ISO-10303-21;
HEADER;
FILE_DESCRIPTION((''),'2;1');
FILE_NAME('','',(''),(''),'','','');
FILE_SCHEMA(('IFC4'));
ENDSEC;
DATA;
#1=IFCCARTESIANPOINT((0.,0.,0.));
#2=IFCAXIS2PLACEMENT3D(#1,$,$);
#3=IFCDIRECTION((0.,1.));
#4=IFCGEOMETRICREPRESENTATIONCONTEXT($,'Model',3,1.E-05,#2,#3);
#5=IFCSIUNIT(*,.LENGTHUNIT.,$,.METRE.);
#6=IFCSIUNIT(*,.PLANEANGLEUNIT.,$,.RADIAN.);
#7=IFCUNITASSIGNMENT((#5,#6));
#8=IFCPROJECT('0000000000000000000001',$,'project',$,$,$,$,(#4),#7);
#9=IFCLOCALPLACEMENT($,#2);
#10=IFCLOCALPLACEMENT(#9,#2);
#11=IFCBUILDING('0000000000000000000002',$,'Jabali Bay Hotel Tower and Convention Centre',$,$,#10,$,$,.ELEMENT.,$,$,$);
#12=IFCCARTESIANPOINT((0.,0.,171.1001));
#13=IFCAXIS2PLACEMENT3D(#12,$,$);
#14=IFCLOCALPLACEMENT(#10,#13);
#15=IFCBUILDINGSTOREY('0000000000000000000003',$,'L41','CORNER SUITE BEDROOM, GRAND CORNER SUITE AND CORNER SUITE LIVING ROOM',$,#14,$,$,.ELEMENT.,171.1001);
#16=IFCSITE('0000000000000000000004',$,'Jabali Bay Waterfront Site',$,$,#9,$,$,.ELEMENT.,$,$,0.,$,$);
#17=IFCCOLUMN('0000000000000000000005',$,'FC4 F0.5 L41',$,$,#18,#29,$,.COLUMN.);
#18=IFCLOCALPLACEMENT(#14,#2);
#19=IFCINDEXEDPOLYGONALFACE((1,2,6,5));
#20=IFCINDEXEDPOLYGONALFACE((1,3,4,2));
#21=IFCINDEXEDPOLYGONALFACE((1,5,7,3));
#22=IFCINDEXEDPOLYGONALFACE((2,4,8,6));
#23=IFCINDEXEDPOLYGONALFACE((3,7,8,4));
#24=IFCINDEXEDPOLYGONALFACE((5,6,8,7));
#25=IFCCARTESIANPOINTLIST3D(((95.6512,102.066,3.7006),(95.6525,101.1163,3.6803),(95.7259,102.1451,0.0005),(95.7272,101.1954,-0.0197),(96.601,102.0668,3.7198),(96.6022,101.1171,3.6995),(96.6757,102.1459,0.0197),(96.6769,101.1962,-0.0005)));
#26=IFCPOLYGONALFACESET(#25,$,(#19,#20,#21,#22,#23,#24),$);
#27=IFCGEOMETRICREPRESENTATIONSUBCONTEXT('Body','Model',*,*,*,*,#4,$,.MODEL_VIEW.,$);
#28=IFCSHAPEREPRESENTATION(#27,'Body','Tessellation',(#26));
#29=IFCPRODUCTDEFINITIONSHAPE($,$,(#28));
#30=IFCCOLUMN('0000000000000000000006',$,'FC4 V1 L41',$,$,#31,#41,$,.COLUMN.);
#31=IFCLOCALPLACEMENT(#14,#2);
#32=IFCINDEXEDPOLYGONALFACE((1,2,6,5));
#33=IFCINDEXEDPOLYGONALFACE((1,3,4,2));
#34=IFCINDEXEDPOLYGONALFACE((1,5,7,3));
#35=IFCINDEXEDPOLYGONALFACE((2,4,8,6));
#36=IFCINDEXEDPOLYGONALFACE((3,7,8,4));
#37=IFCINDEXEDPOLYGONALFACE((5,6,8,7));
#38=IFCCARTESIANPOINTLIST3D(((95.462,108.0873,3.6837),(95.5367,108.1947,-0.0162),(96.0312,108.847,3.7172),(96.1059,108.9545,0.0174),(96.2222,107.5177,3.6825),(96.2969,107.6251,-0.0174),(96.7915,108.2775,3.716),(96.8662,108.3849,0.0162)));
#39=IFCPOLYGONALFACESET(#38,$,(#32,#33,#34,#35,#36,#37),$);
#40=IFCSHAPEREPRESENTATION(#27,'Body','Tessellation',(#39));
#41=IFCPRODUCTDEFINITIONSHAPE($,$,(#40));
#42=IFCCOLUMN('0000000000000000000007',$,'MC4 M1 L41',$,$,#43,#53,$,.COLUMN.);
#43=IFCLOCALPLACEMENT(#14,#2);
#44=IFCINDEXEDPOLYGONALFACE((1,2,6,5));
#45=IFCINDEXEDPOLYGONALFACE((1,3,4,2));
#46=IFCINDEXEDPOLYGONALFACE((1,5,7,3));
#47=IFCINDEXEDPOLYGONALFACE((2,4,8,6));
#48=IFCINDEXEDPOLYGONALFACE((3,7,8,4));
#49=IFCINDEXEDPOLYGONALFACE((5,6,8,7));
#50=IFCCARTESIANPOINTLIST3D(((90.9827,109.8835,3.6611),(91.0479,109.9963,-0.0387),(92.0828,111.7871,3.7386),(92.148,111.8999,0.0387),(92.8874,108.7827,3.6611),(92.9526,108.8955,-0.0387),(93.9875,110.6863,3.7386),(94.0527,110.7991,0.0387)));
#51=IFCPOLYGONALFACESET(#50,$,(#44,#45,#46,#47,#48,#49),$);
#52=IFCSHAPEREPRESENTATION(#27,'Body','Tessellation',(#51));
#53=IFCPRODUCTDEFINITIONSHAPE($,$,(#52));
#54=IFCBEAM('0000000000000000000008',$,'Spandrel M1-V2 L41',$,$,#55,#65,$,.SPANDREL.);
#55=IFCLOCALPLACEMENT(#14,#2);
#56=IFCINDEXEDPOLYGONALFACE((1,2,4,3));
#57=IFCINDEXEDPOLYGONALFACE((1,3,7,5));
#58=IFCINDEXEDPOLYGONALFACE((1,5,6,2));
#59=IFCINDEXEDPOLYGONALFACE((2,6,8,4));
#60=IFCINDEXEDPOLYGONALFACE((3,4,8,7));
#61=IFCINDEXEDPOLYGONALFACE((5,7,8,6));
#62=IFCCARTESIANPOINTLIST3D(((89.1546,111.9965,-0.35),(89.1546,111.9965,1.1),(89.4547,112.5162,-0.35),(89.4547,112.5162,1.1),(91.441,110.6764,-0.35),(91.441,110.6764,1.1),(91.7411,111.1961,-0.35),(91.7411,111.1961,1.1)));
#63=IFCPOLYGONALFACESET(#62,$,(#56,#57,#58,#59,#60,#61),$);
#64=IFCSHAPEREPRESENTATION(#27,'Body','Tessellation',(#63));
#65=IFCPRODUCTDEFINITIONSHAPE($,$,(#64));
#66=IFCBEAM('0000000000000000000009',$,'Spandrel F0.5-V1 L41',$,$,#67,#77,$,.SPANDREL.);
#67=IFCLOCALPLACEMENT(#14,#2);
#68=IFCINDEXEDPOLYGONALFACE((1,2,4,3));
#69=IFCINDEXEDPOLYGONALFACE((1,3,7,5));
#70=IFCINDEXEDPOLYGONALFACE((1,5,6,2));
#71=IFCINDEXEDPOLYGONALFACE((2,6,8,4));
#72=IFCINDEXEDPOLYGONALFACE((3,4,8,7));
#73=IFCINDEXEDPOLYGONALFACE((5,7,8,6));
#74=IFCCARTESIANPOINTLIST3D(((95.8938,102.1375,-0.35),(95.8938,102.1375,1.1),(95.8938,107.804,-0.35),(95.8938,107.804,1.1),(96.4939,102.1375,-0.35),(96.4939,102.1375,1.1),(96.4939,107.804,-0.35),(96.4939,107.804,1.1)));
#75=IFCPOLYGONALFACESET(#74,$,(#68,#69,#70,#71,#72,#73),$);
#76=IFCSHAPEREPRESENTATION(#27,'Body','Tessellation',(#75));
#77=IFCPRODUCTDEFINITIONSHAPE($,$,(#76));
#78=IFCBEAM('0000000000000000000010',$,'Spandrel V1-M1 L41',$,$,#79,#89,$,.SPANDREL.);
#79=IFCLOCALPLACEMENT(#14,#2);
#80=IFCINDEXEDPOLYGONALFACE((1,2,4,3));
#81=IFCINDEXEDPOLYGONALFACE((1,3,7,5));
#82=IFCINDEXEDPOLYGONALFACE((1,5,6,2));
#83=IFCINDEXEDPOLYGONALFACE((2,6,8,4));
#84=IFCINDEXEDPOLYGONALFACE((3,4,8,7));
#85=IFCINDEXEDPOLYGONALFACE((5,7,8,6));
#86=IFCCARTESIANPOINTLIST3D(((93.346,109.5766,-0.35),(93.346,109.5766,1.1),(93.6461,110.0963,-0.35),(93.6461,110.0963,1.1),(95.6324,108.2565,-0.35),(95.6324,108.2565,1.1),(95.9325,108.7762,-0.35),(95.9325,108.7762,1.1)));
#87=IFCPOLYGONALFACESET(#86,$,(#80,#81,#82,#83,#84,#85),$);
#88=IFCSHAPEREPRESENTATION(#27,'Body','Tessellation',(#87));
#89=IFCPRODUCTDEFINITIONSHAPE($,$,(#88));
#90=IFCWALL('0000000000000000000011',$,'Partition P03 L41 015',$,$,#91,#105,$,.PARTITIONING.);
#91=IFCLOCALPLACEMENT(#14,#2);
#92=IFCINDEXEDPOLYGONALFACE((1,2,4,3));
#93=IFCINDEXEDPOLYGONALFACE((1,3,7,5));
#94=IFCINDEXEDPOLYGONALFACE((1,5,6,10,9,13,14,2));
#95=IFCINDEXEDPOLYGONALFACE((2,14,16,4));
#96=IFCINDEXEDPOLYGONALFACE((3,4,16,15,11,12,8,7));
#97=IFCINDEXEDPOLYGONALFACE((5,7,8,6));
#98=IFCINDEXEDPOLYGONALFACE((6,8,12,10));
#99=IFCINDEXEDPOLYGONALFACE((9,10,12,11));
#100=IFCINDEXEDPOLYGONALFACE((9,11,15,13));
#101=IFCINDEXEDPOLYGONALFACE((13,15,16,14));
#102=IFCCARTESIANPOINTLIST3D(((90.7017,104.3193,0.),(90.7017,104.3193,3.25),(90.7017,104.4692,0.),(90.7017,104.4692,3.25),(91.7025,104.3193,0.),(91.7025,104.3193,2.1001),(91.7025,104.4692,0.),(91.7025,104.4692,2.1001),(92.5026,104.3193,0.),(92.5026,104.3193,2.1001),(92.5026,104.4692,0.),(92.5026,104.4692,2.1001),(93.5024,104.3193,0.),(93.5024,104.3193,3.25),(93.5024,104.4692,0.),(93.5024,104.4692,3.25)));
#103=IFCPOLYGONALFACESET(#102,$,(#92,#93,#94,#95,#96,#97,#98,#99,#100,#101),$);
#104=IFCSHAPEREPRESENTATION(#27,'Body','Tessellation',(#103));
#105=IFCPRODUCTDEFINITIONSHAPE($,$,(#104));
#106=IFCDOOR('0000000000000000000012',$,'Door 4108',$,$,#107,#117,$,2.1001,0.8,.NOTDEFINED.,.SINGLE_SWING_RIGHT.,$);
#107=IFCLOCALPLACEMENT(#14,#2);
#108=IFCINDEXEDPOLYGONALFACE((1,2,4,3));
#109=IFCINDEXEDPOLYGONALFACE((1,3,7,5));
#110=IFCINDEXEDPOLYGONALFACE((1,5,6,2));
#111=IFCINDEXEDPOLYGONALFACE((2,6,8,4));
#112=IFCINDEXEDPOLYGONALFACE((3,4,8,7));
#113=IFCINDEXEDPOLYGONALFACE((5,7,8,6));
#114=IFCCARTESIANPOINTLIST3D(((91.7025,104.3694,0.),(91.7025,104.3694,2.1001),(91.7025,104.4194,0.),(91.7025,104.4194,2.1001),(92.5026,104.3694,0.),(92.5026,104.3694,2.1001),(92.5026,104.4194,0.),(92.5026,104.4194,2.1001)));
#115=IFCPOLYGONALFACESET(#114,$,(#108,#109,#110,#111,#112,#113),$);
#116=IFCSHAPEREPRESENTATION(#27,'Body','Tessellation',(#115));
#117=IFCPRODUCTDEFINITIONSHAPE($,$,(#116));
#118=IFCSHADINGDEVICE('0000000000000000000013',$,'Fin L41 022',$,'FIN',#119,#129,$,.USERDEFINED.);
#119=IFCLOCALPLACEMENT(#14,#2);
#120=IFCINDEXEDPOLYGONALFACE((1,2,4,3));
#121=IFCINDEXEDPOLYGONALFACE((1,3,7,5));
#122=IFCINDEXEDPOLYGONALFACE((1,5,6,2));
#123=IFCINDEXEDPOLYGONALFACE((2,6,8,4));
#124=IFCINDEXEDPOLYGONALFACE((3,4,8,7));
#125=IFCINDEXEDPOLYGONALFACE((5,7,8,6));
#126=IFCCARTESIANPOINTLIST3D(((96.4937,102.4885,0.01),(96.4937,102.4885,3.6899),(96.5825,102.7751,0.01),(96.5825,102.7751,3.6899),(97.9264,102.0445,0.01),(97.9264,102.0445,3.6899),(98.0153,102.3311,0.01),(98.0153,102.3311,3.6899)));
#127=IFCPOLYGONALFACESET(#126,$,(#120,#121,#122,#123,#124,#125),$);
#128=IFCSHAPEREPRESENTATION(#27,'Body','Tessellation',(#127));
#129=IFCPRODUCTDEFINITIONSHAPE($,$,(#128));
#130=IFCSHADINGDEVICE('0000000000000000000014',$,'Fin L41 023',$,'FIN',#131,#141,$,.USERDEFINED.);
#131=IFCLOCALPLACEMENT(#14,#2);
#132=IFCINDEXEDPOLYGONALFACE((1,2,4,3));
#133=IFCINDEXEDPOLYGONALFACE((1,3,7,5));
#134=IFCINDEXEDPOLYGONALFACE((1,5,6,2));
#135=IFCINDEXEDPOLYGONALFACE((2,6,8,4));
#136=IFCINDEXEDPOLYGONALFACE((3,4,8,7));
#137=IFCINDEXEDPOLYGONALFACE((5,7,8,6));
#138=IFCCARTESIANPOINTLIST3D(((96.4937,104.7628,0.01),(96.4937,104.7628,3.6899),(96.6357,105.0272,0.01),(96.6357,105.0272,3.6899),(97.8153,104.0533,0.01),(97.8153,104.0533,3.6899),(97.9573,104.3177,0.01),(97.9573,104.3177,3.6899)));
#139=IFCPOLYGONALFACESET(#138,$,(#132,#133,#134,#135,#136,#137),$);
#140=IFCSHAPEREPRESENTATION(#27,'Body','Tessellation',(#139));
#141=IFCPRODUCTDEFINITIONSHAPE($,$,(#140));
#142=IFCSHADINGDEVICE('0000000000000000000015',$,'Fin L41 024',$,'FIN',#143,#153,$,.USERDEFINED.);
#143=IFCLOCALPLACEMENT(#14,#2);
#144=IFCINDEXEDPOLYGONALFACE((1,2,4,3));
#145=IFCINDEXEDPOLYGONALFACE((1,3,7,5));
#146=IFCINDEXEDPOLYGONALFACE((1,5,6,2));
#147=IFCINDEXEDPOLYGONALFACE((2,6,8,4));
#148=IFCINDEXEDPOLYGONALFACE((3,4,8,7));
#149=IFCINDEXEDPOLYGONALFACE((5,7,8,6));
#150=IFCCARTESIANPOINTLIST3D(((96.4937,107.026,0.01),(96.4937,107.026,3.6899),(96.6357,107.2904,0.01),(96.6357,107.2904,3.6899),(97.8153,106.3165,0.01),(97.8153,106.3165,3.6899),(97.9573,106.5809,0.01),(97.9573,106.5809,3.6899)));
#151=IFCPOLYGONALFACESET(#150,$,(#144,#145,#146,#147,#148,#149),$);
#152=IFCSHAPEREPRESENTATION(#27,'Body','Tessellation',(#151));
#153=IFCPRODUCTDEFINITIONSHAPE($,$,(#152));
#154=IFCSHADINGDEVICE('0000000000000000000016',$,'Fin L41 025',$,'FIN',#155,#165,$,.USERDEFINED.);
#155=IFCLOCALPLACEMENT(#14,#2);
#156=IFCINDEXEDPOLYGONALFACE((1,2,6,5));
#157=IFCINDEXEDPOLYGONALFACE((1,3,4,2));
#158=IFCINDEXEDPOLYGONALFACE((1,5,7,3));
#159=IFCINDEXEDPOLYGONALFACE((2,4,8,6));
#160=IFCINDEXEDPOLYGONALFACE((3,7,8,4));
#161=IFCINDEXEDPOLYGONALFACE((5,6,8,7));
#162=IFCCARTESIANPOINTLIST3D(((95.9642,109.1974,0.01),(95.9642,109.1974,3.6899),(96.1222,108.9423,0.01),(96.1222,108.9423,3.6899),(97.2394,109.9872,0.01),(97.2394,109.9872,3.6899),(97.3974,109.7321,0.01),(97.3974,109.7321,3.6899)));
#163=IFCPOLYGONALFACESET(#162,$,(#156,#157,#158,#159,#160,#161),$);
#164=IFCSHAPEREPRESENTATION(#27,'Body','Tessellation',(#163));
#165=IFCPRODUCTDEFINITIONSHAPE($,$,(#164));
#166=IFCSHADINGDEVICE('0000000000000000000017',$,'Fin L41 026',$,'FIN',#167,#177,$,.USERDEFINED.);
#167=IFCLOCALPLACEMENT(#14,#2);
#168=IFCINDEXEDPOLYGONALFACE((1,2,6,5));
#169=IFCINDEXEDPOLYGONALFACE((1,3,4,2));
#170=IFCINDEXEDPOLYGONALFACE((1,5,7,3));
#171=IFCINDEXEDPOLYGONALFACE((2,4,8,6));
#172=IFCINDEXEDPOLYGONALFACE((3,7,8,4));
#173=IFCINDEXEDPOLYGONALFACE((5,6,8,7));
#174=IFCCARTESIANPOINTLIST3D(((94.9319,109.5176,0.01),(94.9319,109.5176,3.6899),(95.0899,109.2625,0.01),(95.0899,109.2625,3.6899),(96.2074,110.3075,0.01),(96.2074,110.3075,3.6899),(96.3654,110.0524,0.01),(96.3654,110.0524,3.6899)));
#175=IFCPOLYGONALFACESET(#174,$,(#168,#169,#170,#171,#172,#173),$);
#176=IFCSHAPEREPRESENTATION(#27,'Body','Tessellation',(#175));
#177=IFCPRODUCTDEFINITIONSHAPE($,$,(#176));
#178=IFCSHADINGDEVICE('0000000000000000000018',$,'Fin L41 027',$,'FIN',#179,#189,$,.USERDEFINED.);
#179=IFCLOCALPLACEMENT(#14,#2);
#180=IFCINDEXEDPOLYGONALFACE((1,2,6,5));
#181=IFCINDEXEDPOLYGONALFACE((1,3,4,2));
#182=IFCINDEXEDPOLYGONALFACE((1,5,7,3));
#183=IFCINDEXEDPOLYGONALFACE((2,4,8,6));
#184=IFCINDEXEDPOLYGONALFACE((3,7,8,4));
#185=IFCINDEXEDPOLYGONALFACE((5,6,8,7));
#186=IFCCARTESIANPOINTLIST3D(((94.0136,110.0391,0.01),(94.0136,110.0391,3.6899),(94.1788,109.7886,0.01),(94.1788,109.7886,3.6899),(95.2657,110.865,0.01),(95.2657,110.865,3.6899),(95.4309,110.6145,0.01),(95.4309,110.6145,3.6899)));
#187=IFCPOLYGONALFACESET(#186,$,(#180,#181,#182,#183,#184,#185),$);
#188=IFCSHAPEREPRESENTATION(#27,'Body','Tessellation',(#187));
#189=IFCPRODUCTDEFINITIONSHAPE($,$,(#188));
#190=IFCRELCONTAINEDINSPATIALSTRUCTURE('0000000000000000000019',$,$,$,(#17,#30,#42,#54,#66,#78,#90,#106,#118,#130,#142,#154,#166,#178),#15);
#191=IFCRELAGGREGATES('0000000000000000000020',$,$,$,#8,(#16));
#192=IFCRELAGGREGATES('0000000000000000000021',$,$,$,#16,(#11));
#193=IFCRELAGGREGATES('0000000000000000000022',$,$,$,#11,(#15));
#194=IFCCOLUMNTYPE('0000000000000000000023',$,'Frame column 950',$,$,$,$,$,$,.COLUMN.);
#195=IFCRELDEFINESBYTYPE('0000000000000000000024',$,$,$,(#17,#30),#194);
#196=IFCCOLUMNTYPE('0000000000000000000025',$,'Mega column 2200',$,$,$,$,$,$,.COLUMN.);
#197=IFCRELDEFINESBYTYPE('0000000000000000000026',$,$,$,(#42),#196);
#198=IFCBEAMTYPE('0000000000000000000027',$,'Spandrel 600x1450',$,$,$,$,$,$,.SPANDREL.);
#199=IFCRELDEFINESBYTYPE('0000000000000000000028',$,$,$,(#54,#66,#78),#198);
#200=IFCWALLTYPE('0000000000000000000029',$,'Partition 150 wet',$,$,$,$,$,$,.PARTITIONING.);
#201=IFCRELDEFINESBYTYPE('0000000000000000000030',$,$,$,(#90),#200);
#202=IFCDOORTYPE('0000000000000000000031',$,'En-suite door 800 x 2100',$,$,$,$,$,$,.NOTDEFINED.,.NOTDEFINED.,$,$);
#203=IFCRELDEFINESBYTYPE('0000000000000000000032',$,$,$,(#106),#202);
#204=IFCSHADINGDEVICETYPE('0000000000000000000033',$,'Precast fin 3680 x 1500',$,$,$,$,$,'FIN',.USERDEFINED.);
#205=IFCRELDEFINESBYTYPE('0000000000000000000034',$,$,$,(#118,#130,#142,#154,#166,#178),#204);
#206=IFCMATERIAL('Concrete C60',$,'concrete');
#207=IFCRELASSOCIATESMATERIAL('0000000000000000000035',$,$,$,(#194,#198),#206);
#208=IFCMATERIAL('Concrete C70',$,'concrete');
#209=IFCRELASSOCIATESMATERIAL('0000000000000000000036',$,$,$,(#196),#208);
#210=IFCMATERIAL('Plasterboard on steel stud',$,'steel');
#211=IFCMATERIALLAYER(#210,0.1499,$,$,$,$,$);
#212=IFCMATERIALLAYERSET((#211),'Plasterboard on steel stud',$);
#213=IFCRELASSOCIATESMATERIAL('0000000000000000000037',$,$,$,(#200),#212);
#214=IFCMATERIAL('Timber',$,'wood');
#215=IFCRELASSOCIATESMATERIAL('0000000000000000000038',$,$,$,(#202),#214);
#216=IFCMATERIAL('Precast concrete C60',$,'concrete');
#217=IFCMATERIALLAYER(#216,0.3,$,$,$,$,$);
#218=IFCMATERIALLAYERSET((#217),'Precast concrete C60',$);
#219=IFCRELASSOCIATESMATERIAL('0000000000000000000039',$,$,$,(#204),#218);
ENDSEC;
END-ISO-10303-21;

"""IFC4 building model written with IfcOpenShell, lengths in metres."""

from ifc_helpers import new_model, si_unit, direction, frame, frame_2d, origin, origin_2d, place, context, subcontext, project, spatial, rectangle, extrude, material, layer, layer_set, material_profile, profile_set, type_object, element, fill, save


model = new_model("IFC4")

# Units and contexts
model_context = context("Model", 3, precision=1e-05, world=origin(), true_north=direction((0.0, 1.0)))
body_context = subcontext(model_context, "Body", "Model", "MODEL_VIEW")
ifc_project = project(units=[si_unit("LENGTHUNIT", "METRE"), si_unit("PLANEANGLEUNIT", "RADIAN")], contexts=[model_context])

# Site, building, storey
site_placement = place(None, origin())
site = spatial("IfcSite", under=ifc_project, at=site_placement, Name="Jabali Bay Waterfront Site", CompositionType="ELEMENT", RefElevation=0.0)
building_placement = place(site_placement, origin())
building = spatial("IfcBuilding", under=site, at=building_placement, Name="Jabali Bay Hotel Tower and Convention Centre", CompositionType="ELEMENT")
storey_placement = place(building_placement, frame((0.0, 0.0, 171.1001)))
storey = spatial("IfcBuildingStorey", under=building, at=storey_placement, Name="L41", Description="CORNER SUITE BEDROOM, GRAND CORNER SUITE AND CORNER SUITE LIVING ROOM", CompositionType="ELEMENT", Elevation=171.1001)

# Columns
ifc_material_1 = material(Name="Concrete C60", Category="concrete")
ifc_material_profile_1 = material_profile(ifc_material_1, rectangle(XDim=0.95, YDim=0.95, at=origin_2d()), Name="Frame column 950")
ifc_profile_set_1 = profile_set([ifc_material_profile_1], Name="Concrete C60")
column_type_1 = type_object("IfcColumnType", Name="Frame column 950", PredefinedType="COLUMN", material=ifc_profile_set_1)
column_1_placement = place(storey_placement, frame((96.2014, 101.6707, 0.0), z_axis=(-0.020183, -0.02137, 0.999568), x_axis=(0.999795, 0.000884, 0.020206)))
element("IfcColumn", 1, at=column_1_placement, inside=storey, type_object=column_type_1, Name="FC4 F0.5 L41", PredefinedType="COLUMN", context=body_context, shape_type="SweptSolid", body=[
    extrude(rectangle(XDim=0.95, YDim=0.95, at=origin_2d()), origin(), (0.0, 0.0, 1.0), 3.7017),
])
column_2_placement = place(storey_placement, frame((96.2014, 108.2898, 0.0), z_axis=(-0.020179, -0.029015, 0.999375), x_axis=(0.599227, 0.7998, 0.03532)))
element("IfcColumn", 2, at=column_2_placement, inside=storey, type_object=column_type_1, Name="FC4 V1 L41", PredefinedType="COLUMN", context=body_context, shape_type="SweptSolid", body=[
    extrude(rectangle(XDim=0.95, YDim=0.95, at=origin_2d()), origin(), (0.0, 0.0, 1.0), 3.7021),
])
ifc_material_2 = material(Name="Concrete C70", Category="concrete")
ifc_material_profile_2 = material_profile(ifc_material_2, rectangle(XDim=2.2, YDim=2.2, at=origin_2d()), Name="Mega column 2200")
ifc_profile_set_2 = profile_set([ifc_material_profile_2], Name="Concrete C70")
column_type_2 = type_object("IfcColumnType", Name="Mega column 2200", PredefinedType="COLUMN", material=ifc_profile_set_2)
column_3_placement = place(storey_placement, frame((92.5503, 110.3977, 0.0), z_axis=(-0.017607, -0.030466, 0.999381), x_axis=(0.865811, -0.500371, 0.0)))
element("IfcColumn", 3, at=column_3_placement, inside=storey, type_object=column_type_2, Name="MC4 M1 L41", PredefinedType="COLUMN", context=body_context, shape_type="SweptSolid", body=[
    extrude(rectangle(XDim=2.2, YDim=2.2, at=origin_2d()), origin(), (0.0, 0.0, 1.0), 3.7021),
])

# Beams
ifc_material_profile_3 = material_profile(ifc_material_1, rectangle(XDim=0.6001, YDim=1.45, at=origin_2d()), Name="Spandrel 600x1450")
ifc_profile_set_3 = profile_set([ifc_material_profile_3], Name="Concrete C60")
beam_type = type_object("IfcBeamType", Name="Spandrel 600x1450", PredefinedType="SPANDREL", material=ifc_profile_set_3)
beam_1_placement = place(storey_placement, frame((91.5911, 110.9363, 0.375), z_axis=(-0.866021, 0.500008, 0.0), x_axis=(-0.500008, -0.866021, 0.0)))
element("IfcBeam", 4, at=beam_1_placement, inside=storey, type_object=beam_type, Name="Spandrel M1-V2 L41", PredefinedType="SPANDREL", context=body_context, shape_type="SweptSolid", body=[
    extrude(rectangle(XDim=0.6001, YDim=1.45, at=origin_2d()), origin(), (0.0, 0.0, 1.0), 2.6401),
])
beam_2_placement = place(storey_placement, frame((96.1938, 102.1375, 0.375), z_axis=(0.0, 1.0, 0.0), x_axis=(-1.0, 0.0, 0.0)))
element("IfcBeam", 5, at=beam_2_placement, inside=storey, type_object=beam_type, Name="Spandrel F0.5-V1 L41", PredefinedType="SPANDREL", context=body_context, shape_type="SweptSolid", body=[
    extrude(rectangle(XDim=0.6001, YDim=1.45, at=origin_2d()), origin(), (0.0, 0.0, 1.0), 5.6665),
])
beam_3_placement = place(storey_placement, frame((95.7825, 108.5164, 0.375), z_axis=(-0.866021, 0.500008, 0.0), x_axis=(-0.500008, -0.866021, 0.0)))
element("IfcBeam", 6, at=beam_3_placement, inside=storey, type_object=beam_type, Name="Spandrel V1-M1 L41", PredefinedType="SPANDREL", context=body_context, shape_type="SweptSolid", body=[
    extrude(rectangle(XDim=0.6001, YDim=1.45, at=origin_2d()), origin(), (0.0, 0.0, 1.0), 2.6401),
])

# Wall, opening, door
ifc_material_3 = material(Name="Plasterboard on steel stud", Category="steel")
ifc_layer_1 = layer(ifc_material_3, 0.1499)
ifc_layer_set_1 = layer_set([ifc_layer_1], Name="Plasterboard on steel stud")
wall_type_1 = type_object("IfcWallType", Name="Partition 150 wet", PredefinedType="PARTITIONING", material=ifc_layer_set_1)
wall_1_placement = place(storey_placement, frame((93.5024, 104.3943, 0.0), z_axis=(0.0, 0.0, 1.0), x_axis=(-1.0, 0.0, 0.0)))
wall_1 = element("IfcWall", 7, at=wall_1_placement, inside=storey, type_object=wall_type_1, Name="Partition P03 L41 015", PredefinedType="PARTITIONING", context=body_context, shape_type="SweptSolid", body=[
    extrude(rectangle(XDim=2.8008, YDim=0.1499, at=frame_2d((1.4004, 0.0))), origin(), (0.0, 0.0, 1.0), 3.25),
])
opening_1_placement = place(wall_1_placement, frame((1.0, 0.0, 0.0)))
opening_1 = element("IfcOpeningElement", 8, at=opening_1_placement, cuts=wall_1, PredefinedType="OPENING", context=body_context, shape_type="SweptSolid", body=[
    extrude(rectangle(XDim=0.8, YDim=2.1001, at=frame_2d((0.3999, 1.05))), frame((0.0, 0.0854, 0.0), z_axis=(0.0, -1.0, 0.0), x_axis=(1.0, 0.0, 0.0)), (0.0, 0.0, 1.0), 0.1709),
])
ifc_material_4 = material(Name="Timber", Category="wood")
door_type_1 = type_object("IfcDoorType", Name="En-suite door 800 x 2100", OperationType="NOTDEFINED", PredefinedType="NOTDEFINED", material=ifc_material_4)
door_1_placement = place(opening_1_placement, origin())
door_1 = element("IfcDoor", 9, at=door_1_placement, inside=storey, type_object=door_type_1, Name="Door 4108", OperationType="SINGLE_SWING_RIGHT", OverallHeight=2.1001, OverallWidth=0.8, PredefinedType="NOTDEFINED", context=body_context, shape_type="SweptSolid", body=[
    extrude(rectangle(XDim=0.8, YDim=2.1001, at=frame_2d((0.3999, 1.05))), frame((0.0, 0.0249, 0.0), z_axis=(0.0, -1.0, 0.0), x_axis=(1.0, 0.0, 0.0)), (0.0, 0.0, 1.0), 0.05),
])
fill(opening_1, door_1)

# Shading devices
ifc_material_5 = material(Name="Precast concrete C60", Category="concrete")
ifc_layer_2 = layer(ifc_material_5, 0.3)
ifc_layer_set_2 = layer_set([ifc_layer_2], Name="Precast concrete C60")
shading_device_type = type_object("IfcShadingDeviceType", Name="Precast fin 3680 x 1500", ElementType="FIN", PredefinedType="USERDEFINED", material=ifc_layer_set_2)
for number, where, z_axis, x_axis, name in (
    (10, (96.5381, 102.6318, 0.01), (0.0, 0.0, 1.0), (0.955175, -0.296041, 0.0), "Fin L41 022"),
    (11, (96.5647, 104.895, 0.01), (0.0, 0.0, 1.0), (0.881061, -0.473003, 0.0), "Fin L41 023"),
    (12, (96.5647, 107.1582, 0.01), (0.0, 0.0, 1.0), (0.881061, -0.473003, 0.0), "Fin L41 024"),
    (13, (96.0432, 109.0698, 0.01), (0.0, 0.0, 1.0), (0.85014, 0.526556, 0.0), "Fin L41 025"),
):
    element("IfcShadingDevice", number, at=place(storey_placement, frame(where, z_axis=z_axis, x_axis=x_axis)), inside=storey, type_object=shading_device_type, Name=name, ObjectType="FIN", PredefinedType="USERDEFINED", context=body_context, shape_type="SweptSolid", body=[
        extrude(rectangle(XDim=1.5, YDim=0.3, at=frame_2d((0.75, 0.0))), origin(), (0.0, 0.0, 1.0), 3.6799),
    ])
shading_device_1_placement = place(storey_placement, frame((95.011, 109.3901, 0.01), z_axis=(0.0, 0.0, 1.0), x_axis=(0.850185, 0.526483, 0.0)))
element("IfcShadingDevice", 14, at=shading_device_1_placement, inside=storey, type_object=shading_device_type, Name="Fin L41 026", ObjectType="FIN", PredefinedType="USERDEFINED", context=body_context, shape_type="SweptSolid", body=[
    extrude(rectangle(XDim=1.5002, YDim=0.3, at=frame_2d((0.75, 0.0))), origin(), (0.0, 0.0, 1.0), 3.6799),
])
shading_device_2_placement = place(storey_placement, frame((94.0962, 109.9138, 0.01), z_axis=(0.0, 0.0, 1.0), x_axis=(0.834769, 0.5506, 0.0)))
element("IfcShadingDevice", 15, at=shading_device_2_placement, inside=storey, type_object=shading_device_type, Name="Fin L41 027", ObjectType="FIN", PredefinedType="USERDEFINED", context=body_context, shape_type="SweptSolid", body=[
    extrude(rectangle(XDim=1.5, YDim=0.3, at=frame_2d((0.75, 0.0))), origin(), (0.0, 0.0, 1.0), 3.6799),
])

save(model, "model.ifc")
